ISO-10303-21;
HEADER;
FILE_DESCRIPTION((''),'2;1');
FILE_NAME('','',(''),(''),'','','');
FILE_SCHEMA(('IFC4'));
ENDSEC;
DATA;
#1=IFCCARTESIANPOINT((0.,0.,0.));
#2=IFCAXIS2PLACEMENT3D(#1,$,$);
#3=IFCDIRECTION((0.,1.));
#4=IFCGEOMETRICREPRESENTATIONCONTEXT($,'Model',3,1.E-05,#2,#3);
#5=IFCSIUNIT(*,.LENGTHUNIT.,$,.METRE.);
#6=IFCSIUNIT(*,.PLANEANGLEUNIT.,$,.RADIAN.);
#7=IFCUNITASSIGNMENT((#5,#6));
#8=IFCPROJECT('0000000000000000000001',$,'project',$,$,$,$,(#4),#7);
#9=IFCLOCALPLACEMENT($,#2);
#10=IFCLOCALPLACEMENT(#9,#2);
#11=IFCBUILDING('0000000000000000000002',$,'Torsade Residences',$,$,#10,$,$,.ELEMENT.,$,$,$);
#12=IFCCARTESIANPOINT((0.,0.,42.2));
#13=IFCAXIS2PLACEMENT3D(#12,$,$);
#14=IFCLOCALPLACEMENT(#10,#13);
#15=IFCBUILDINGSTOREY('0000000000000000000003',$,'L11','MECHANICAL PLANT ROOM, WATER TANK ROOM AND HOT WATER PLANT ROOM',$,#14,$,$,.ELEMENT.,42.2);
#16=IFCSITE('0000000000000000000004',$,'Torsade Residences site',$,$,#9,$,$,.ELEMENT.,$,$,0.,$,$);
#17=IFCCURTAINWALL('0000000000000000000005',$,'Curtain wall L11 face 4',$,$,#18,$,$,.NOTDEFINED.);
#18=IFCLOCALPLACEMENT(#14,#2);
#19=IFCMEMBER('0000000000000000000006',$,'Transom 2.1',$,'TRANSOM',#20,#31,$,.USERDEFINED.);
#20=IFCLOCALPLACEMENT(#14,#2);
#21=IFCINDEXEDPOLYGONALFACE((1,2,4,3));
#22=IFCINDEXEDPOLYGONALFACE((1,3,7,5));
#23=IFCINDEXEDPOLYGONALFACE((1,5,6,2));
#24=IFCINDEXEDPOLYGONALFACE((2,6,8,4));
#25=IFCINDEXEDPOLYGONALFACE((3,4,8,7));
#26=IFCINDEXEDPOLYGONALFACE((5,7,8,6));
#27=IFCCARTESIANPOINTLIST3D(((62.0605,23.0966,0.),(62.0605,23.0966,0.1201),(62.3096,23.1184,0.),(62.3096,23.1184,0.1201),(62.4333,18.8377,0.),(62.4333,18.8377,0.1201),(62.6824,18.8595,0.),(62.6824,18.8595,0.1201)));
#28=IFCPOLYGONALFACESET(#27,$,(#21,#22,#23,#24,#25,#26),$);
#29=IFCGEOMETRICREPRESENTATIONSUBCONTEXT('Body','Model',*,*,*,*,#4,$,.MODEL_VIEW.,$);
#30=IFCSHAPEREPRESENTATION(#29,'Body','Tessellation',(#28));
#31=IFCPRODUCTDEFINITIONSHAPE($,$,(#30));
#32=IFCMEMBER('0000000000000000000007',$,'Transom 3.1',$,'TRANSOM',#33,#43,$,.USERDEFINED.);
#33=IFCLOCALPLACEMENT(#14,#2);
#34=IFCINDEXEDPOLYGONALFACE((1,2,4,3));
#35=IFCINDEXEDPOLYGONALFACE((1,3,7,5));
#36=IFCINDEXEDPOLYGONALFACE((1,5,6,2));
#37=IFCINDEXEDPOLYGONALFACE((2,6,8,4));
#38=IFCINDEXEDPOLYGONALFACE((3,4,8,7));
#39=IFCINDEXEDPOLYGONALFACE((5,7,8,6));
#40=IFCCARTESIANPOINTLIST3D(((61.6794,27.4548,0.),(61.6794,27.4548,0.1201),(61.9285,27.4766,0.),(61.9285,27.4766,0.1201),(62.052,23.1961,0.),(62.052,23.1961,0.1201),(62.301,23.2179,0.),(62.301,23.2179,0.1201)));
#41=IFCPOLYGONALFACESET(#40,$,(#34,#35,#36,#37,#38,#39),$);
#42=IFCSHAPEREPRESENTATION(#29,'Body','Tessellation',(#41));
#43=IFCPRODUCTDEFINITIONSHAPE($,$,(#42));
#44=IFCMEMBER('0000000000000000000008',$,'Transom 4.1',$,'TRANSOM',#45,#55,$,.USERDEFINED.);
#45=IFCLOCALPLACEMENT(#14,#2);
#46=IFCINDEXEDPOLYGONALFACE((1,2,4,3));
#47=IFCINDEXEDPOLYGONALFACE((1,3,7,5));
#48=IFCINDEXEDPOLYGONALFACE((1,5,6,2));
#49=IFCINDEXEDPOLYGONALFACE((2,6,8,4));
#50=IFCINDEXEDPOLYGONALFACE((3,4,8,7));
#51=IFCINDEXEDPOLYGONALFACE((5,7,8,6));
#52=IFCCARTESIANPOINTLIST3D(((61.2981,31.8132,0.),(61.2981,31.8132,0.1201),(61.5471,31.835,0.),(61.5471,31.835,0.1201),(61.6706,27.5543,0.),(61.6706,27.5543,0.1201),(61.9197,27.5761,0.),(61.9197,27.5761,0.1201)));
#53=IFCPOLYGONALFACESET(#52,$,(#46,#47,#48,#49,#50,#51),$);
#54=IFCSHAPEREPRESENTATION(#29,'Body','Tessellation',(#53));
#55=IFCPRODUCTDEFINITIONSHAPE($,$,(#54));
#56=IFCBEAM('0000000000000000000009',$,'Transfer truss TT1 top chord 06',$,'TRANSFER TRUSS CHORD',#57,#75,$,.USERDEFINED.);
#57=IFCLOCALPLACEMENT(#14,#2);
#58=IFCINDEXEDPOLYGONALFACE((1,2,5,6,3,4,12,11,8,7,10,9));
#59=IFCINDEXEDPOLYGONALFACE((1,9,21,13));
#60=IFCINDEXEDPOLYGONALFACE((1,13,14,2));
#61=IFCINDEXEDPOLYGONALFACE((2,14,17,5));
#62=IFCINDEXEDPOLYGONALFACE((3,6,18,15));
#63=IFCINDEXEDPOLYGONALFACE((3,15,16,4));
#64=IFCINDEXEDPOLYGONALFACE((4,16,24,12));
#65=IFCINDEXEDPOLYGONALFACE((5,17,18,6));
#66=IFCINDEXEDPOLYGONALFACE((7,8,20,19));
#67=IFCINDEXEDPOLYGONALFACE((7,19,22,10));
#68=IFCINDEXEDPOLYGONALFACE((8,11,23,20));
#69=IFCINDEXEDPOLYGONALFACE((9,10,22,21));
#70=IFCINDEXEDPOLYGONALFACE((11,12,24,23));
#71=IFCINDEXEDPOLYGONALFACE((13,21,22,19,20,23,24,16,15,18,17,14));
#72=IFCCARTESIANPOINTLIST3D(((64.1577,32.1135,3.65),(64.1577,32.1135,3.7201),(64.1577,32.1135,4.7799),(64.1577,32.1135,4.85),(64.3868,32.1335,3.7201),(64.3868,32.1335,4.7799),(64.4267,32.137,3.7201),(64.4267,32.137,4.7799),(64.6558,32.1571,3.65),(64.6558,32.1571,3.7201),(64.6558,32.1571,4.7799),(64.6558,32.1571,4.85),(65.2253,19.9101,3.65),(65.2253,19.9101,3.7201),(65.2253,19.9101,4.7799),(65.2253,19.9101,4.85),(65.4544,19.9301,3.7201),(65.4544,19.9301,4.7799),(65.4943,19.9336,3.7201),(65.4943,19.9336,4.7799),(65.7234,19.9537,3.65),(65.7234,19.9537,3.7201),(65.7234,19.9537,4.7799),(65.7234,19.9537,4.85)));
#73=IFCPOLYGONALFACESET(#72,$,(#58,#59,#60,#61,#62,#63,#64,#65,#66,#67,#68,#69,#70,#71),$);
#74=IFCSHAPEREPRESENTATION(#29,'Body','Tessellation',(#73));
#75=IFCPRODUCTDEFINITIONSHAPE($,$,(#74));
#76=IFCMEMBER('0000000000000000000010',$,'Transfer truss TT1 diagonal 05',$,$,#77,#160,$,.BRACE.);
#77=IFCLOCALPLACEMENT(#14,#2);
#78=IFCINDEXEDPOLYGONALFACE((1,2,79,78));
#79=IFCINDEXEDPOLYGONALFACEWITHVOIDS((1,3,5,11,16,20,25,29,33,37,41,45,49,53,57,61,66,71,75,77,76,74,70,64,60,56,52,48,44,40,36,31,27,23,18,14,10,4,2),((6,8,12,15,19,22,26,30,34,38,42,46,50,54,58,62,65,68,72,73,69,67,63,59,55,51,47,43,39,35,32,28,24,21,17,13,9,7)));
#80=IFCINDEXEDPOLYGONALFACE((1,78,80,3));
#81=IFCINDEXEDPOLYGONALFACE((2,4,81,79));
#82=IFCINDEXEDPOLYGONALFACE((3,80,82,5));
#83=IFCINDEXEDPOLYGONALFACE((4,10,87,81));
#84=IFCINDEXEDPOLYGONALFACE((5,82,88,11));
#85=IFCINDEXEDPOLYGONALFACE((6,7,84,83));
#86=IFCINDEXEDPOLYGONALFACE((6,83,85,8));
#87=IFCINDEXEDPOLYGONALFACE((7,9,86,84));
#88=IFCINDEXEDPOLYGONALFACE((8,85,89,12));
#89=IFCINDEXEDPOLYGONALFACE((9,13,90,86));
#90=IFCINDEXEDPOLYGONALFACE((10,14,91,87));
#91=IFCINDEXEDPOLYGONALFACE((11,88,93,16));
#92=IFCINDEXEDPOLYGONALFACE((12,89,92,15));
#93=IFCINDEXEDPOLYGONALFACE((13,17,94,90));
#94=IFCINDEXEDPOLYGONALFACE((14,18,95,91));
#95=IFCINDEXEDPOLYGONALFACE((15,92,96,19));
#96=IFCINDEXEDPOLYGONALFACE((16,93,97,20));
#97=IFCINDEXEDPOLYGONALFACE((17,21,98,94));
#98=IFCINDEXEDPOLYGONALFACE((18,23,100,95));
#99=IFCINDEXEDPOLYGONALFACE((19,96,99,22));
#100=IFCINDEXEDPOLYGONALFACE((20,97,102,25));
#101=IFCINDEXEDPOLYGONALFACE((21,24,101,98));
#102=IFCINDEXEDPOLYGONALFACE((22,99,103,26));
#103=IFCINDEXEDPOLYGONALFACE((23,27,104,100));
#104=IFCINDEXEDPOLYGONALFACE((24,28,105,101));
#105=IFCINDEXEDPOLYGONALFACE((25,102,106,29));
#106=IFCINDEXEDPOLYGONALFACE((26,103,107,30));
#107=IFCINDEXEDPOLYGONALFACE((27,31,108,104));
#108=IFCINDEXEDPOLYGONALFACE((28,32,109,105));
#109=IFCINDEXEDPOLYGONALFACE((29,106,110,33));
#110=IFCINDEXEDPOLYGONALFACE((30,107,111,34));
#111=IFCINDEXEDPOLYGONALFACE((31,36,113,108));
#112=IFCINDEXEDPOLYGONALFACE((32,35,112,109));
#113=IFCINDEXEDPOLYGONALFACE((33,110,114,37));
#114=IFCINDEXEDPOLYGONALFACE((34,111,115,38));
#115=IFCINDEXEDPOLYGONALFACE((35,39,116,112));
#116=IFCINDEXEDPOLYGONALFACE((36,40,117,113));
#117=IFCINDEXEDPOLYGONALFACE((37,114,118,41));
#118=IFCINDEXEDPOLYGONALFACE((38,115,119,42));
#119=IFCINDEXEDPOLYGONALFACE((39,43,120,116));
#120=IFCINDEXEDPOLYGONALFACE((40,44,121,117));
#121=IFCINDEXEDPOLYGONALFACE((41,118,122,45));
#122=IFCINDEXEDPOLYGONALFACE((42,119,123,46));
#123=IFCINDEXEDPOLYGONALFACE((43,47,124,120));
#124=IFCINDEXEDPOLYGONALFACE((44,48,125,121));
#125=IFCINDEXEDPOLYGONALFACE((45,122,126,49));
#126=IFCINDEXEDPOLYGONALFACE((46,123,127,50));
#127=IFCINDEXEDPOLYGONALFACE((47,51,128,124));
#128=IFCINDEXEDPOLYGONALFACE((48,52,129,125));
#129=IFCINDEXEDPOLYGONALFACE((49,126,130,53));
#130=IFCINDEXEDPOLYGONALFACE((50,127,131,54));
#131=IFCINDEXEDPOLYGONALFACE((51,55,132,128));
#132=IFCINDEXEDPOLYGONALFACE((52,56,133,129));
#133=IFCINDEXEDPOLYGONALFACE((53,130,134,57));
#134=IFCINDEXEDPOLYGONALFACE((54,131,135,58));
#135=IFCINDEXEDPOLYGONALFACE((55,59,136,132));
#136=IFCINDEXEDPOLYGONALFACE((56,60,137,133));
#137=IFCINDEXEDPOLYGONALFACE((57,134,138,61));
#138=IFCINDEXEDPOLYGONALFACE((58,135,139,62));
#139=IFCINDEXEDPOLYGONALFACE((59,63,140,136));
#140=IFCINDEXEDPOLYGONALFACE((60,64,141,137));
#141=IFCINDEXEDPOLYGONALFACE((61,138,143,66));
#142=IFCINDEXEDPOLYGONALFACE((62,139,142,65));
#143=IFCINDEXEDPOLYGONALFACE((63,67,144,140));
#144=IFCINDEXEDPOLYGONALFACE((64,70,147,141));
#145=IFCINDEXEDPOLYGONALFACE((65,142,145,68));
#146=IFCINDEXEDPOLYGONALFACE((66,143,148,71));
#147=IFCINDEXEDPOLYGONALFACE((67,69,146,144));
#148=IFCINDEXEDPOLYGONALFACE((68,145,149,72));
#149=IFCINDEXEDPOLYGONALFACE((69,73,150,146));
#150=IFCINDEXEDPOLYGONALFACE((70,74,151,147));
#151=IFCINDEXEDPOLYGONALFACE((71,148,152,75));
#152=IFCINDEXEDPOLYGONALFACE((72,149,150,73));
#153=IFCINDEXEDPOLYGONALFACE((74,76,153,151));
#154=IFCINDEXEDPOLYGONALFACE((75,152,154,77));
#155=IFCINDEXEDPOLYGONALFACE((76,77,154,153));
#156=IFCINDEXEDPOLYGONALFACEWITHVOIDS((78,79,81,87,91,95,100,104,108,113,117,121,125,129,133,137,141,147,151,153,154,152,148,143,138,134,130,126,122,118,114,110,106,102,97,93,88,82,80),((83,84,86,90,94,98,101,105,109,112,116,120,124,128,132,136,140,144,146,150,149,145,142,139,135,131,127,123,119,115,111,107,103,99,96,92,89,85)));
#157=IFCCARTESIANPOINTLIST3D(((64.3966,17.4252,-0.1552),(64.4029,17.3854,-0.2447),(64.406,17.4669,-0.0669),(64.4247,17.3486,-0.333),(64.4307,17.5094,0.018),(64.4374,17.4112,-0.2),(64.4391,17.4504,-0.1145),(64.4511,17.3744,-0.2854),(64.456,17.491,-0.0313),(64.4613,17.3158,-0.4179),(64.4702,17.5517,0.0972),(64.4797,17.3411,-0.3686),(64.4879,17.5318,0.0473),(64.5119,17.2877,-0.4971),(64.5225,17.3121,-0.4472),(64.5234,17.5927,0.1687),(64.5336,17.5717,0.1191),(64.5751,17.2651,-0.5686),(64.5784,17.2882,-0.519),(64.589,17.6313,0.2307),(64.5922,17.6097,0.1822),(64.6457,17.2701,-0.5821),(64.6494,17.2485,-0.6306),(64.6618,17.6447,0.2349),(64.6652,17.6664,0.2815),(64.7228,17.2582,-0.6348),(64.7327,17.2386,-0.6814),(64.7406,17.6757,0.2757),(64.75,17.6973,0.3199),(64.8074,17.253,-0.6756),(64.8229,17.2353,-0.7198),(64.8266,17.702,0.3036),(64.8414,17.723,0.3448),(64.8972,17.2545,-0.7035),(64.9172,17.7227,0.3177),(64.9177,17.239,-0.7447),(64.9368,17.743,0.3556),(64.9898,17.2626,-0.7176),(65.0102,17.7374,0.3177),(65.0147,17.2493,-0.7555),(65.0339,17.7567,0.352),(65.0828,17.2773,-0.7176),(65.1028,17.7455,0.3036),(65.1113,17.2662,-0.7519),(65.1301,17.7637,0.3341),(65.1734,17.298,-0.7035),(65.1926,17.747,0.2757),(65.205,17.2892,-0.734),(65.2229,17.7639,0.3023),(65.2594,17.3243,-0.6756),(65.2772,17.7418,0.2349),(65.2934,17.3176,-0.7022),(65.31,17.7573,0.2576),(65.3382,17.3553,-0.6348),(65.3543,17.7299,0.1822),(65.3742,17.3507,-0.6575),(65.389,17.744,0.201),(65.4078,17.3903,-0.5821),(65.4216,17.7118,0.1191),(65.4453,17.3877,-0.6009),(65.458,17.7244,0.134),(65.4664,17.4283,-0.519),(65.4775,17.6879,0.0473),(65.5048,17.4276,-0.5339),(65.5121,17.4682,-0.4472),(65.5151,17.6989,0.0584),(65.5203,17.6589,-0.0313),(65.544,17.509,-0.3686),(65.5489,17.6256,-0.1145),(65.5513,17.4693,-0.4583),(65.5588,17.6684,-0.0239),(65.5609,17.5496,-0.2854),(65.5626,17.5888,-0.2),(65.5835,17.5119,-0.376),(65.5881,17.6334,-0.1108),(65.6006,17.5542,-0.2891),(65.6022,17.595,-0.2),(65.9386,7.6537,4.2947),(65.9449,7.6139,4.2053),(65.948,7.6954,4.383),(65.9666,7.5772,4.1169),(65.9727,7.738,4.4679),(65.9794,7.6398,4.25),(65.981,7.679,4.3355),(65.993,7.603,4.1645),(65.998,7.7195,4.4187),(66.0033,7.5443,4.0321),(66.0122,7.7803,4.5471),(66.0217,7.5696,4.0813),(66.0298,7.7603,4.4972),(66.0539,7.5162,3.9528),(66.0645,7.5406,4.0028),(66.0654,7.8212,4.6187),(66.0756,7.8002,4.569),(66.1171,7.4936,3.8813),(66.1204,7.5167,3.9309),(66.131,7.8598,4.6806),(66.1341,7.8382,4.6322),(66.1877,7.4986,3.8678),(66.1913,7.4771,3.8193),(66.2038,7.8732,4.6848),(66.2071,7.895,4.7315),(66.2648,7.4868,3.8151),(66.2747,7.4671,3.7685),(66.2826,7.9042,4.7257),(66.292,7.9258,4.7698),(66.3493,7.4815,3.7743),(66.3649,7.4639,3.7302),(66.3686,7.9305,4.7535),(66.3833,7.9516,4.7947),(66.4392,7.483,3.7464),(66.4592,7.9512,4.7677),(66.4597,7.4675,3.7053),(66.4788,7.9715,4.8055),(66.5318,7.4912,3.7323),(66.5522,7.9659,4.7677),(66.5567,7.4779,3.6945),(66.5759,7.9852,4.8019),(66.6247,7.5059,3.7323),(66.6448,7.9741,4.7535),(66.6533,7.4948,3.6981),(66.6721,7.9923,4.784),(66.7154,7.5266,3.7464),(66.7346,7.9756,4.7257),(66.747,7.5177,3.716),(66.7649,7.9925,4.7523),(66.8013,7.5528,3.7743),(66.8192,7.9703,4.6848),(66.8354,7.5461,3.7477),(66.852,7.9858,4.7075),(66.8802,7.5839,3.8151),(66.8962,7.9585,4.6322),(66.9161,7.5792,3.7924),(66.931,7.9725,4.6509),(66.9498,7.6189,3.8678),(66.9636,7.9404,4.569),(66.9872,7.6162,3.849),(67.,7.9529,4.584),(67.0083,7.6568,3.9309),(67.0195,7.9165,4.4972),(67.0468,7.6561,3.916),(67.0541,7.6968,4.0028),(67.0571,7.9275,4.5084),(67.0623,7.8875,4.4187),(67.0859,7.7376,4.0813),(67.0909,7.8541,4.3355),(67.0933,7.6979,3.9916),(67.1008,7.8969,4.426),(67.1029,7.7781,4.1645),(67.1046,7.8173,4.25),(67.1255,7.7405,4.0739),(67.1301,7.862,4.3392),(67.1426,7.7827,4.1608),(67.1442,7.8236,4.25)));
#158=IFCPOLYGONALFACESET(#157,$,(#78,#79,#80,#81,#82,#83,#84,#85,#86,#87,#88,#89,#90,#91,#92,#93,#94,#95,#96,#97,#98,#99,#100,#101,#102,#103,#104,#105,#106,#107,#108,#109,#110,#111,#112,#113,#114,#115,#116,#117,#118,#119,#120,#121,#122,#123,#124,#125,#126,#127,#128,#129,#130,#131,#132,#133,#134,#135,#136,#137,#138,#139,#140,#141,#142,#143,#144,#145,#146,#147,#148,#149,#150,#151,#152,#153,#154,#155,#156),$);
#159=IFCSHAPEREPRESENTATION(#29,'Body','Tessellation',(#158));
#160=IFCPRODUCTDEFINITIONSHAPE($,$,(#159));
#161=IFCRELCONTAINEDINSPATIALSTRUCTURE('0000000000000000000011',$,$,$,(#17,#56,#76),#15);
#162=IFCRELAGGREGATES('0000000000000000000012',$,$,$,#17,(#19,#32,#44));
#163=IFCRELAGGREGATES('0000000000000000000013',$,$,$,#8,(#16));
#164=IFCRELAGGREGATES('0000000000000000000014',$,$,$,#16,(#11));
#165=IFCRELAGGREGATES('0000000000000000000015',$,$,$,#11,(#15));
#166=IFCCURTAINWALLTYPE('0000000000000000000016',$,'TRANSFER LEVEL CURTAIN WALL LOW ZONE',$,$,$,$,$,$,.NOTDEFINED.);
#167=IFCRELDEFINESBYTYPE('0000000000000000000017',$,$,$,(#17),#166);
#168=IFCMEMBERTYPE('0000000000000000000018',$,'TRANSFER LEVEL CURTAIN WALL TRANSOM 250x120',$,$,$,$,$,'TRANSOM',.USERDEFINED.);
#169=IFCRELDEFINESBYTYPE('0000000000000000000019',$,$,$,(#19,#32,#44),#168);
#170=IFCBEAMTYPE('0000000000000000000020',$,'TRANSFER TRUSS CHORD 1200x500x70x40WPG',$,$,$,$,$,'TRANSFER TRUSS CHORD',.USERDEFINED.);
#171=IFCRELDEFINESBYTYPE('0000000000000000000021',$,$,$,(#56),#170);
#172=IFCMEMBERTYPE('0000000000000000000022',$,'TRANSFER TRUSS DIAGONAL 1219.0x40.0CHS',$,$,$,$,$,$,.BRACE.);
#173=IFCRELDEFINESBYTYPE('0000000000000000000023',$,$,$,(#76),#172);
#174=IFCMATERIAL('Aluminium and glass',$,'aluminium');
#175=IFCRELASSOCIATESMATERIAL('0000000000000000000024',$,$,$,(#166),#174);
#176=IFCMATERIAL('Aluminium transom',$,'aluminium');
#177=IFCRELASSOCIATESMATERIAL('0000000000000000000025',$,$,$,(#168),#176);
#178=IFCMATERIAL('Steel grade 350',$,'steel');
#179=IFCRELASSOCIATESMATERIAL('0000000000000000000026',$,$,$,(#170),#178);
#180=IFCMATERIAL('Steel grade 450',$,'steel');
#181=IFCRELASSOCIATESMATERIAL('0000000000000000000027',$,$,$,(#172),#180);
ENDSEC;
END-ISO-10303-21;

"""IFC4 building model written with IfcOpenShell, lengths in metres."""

from ifc_helpers import new_model, si_unit, direction, frame, origin, origin_2d, place, context, subcontext, project, spatial, rectangle, hollow_circle, i_section, extrude, material, material_profile, profile_set, type_object, element, aggregate, save


model = new_model("IFC4")

# Units and contexts
model_context = context("Model", 3, precision=1e-05, world=origin(), true_north=direction((0.0, 1.0)))
body_context = subcontext(model_context, "Body", "Model", "MODEL_VIEW")
ifc_project = project(units=[si_unit("LENGTHUNIT", "METRE"), si_unit("PLANEANGLEUNIT", "RADIAN")], contexts=[model_context])

# Site, building, storey
site_placement = place(None, origin())
site = spatial("IfcSite", under=ifc_project, at=site_placement, Name="Torsade Residences site", CompositionType="ELEMENT", RefElevation=0.0)
building_placement = place(site_placement, origin())
building = spatial("IfcBuilding", under=site, at=building_placement, Name="Torsade Residences", CompositionType="ELEMENT")
storey_placement = place(building_placement, frame((0.0, 0.0, 42.2)))
storey = spatial("IfcBuildingStorey", under=building, at=storey_placement, Name="L11", Description="MECHANICAL PLANT ROOM, WATER TANK ROOM AND HOT WATER PLANT ROOM", CompositionType="ELEMENT", Elevation=42.2)

# Curtain wall, members
ifc_material_1 = material(Name="Aluminium and glass", Category="aluminium")
curtain_wall_type = type_object("IfcCurtainWallType", Name="TRANSFER LEVEL CURTAIN WALL LOW ZONE", PredefinedType="NOTDEFINED", material=ifc_material_1)
curtain_wall_placement = place(storey_placement, origin())
curtain_wall = element("IfcCurtainWall", 1, at=curtain_wall_placement, inside=storey, type_object=curtain_wall_type, Name="Curtain wall L11 face 4", PredefinedType="NOTDEFINED")
ifc_material_2 = material(Name="Aluminium transom", Category="aluminium")
ifc_material_profile_1 = material_profile(ifc_material_2, rectangle(XDim=0.25, YDim=0.1201, at=origin_2d()), Name="TRANSFER LEVEL CURTAIN WALL TRANSOM 250x120")
ifc_profile_set_1 = profile_set([ifc_material_profile_1], Name="Aluminium transom")
member_type_1 = type_object("IfcMemberType", Name="TRANSFER LEVEL CURTAIN WALL TRANSOM 250x120", ElementType="TRANSOM", PredefinedType="USERDEFINED", material=ifc_profile_set_1)
member_1_placement = place(storey_placement, frame((62.5579, 18.8486, 0.0601), z_axis=(-0.087204, 0.99619, 0.0), x_axis=(-0.99619, -0.087204, 0.0)))
member_1 = element("IfcMember", 2, at=member_1_placement, type_object=member_type_1, Name="Transom 2.1", ObjectType="TRANSOM", PredefinedType="USERDEFINED", context=body_context, shape_type="SweptSolid", body=[
    extrude(rectangle(XDim=0.25, YDim=0.1201, at=origin_2d()), origin(), (0.0, 0.0, 1.0), 4.2751),
])
member_2_placement = place(storey_placement, frame((62.1765, 23.207, 0.0601), z_axis=(-0.087152, 0.996195, 0.0), x_axis=(-0.996195, -0.087152, 0.0)))
member_2 = element("IfcMember", 3, at=member_2_placement, type_object=member_type_1, Name="Transom 3.1", ObjectType="TRANSOM", PredefinedType="USERDEFINED", context=body_context, shape_type="SweptSolid", body=[
    extrude(rectangle(XDim=0.25, YDim=0.1201, at=origin_2d()), origin(), (0.0, 0.0, 1.0), 4.2749),
])
member_3_placement = place(storey_placement, frame((61.7952, 27.5652, 0.0601), z_axis=(-0.087147, 0.996195, 0.0), x_axis=(-0.996195, -0.087147, 0.0)))
member_3 = element("IfcMember", 4, at=member_3_placement, type_object=member_type_1, Name="Transom 4.1", ObjectType="TRANSOM", PredefinedType="USERDEFINED", context=body_context, shape_type="SweptSolid", body=[
    extrude(rectangle(XDim=0.25, YDim=0.1201, at=origin_2d()), origin(), (0.0, 0.0, 1.0), 4.2751),
])

# Beam
ifc_material_3 = material(Name="Steel grade 350", Category="steel")
ifc_material_profile_2 = material_profile(ifc_material_3, i_section(OverallWidth=0.5, OverallDepth=1.2, WebThickness=0.04, FlangeThickness=0.0701, at=origin_2d()), Name="1200x500x70x40WPG")
ifc_profile_set_2 = profile_set([ifc_material_profile_2], Name="Steel grade 350")
beam_type_1 = type_object("IfcBeamType", Name="TRANSFER TRUSS CHORD 1200x500x70x40WPG", ElementType="TRANSFER TRUSS CHORD", PredefinedType="USERDEFINED", material=ifc_profile_set_2)
beam_1_placement = place(storey_placement, frame((65.4744, 19.9319, 4.25), z_axis=(-0.087153, 0.996195, 0.0), x_axis=(-0.996195, -0.087153, 0.0)))
element("IfcBeam", 5, at=beam_1_placement, inside=storey, type_object=beam_type_1, Name="Transfer truss TT1 top chord 06", ObjectType="TRANSFER TRUSS CHORD", PredefinedType="USERDEFINED", context=body_context, shape_type="SweptSolid", body=[
    extrude(i_section(OverallWidth=0.5, OverallDepth=1.2, WebThickness=0.04, FlangeThickness=0.0701, at=origin_2d()), origin(), (0.0, 0.0, 1.0), 12.25),
])

# Member
ifc_material_4 = material(Name="Steel grade 450", Category="steel")
ifc_material_profile_3 = material_profile(ifc_material_4, hollow_circle(Radius=0.6096, WallThickness=0.04, at=origin_2d()), Name="1219.0x40.0CHS")
ifc_profile_set_3 = profile_set([ifc_material_profile_3], Name="Steel grade 450")
member_type_2 = type_object("IfcMemberType", Name="TRANSFER TRUSS DIAGONAL 1219.0x40.0CHS", PredefinedType="BRACE", material=ifc_profile_set_3)
member_4_placement = place(storey_placement, frame((65.0, 17.5, -0.2), z_axis=(0.142156, -0.90083, 0.41024), x_axis=(0.987777, 0.155876, 0.0)))
element("IfcMember", 6, at=member_4_placement, inside=storey, type_object=member_type_2, Name="Transfer truss TT1 diagonal 05", PredefinedType="BRACE", context=body_context, shape_type="SweptSolid", body=[
    extrude(hollow_circle(Radius=0.6096, WallThickness=0.04, at=origin_2d()), origin(), (0.0, 0.0, 1.0), 10.8472),
])

aggregate(curtain_wall, [member_1, member_2, member_3])

save(model, "model.ifc")
